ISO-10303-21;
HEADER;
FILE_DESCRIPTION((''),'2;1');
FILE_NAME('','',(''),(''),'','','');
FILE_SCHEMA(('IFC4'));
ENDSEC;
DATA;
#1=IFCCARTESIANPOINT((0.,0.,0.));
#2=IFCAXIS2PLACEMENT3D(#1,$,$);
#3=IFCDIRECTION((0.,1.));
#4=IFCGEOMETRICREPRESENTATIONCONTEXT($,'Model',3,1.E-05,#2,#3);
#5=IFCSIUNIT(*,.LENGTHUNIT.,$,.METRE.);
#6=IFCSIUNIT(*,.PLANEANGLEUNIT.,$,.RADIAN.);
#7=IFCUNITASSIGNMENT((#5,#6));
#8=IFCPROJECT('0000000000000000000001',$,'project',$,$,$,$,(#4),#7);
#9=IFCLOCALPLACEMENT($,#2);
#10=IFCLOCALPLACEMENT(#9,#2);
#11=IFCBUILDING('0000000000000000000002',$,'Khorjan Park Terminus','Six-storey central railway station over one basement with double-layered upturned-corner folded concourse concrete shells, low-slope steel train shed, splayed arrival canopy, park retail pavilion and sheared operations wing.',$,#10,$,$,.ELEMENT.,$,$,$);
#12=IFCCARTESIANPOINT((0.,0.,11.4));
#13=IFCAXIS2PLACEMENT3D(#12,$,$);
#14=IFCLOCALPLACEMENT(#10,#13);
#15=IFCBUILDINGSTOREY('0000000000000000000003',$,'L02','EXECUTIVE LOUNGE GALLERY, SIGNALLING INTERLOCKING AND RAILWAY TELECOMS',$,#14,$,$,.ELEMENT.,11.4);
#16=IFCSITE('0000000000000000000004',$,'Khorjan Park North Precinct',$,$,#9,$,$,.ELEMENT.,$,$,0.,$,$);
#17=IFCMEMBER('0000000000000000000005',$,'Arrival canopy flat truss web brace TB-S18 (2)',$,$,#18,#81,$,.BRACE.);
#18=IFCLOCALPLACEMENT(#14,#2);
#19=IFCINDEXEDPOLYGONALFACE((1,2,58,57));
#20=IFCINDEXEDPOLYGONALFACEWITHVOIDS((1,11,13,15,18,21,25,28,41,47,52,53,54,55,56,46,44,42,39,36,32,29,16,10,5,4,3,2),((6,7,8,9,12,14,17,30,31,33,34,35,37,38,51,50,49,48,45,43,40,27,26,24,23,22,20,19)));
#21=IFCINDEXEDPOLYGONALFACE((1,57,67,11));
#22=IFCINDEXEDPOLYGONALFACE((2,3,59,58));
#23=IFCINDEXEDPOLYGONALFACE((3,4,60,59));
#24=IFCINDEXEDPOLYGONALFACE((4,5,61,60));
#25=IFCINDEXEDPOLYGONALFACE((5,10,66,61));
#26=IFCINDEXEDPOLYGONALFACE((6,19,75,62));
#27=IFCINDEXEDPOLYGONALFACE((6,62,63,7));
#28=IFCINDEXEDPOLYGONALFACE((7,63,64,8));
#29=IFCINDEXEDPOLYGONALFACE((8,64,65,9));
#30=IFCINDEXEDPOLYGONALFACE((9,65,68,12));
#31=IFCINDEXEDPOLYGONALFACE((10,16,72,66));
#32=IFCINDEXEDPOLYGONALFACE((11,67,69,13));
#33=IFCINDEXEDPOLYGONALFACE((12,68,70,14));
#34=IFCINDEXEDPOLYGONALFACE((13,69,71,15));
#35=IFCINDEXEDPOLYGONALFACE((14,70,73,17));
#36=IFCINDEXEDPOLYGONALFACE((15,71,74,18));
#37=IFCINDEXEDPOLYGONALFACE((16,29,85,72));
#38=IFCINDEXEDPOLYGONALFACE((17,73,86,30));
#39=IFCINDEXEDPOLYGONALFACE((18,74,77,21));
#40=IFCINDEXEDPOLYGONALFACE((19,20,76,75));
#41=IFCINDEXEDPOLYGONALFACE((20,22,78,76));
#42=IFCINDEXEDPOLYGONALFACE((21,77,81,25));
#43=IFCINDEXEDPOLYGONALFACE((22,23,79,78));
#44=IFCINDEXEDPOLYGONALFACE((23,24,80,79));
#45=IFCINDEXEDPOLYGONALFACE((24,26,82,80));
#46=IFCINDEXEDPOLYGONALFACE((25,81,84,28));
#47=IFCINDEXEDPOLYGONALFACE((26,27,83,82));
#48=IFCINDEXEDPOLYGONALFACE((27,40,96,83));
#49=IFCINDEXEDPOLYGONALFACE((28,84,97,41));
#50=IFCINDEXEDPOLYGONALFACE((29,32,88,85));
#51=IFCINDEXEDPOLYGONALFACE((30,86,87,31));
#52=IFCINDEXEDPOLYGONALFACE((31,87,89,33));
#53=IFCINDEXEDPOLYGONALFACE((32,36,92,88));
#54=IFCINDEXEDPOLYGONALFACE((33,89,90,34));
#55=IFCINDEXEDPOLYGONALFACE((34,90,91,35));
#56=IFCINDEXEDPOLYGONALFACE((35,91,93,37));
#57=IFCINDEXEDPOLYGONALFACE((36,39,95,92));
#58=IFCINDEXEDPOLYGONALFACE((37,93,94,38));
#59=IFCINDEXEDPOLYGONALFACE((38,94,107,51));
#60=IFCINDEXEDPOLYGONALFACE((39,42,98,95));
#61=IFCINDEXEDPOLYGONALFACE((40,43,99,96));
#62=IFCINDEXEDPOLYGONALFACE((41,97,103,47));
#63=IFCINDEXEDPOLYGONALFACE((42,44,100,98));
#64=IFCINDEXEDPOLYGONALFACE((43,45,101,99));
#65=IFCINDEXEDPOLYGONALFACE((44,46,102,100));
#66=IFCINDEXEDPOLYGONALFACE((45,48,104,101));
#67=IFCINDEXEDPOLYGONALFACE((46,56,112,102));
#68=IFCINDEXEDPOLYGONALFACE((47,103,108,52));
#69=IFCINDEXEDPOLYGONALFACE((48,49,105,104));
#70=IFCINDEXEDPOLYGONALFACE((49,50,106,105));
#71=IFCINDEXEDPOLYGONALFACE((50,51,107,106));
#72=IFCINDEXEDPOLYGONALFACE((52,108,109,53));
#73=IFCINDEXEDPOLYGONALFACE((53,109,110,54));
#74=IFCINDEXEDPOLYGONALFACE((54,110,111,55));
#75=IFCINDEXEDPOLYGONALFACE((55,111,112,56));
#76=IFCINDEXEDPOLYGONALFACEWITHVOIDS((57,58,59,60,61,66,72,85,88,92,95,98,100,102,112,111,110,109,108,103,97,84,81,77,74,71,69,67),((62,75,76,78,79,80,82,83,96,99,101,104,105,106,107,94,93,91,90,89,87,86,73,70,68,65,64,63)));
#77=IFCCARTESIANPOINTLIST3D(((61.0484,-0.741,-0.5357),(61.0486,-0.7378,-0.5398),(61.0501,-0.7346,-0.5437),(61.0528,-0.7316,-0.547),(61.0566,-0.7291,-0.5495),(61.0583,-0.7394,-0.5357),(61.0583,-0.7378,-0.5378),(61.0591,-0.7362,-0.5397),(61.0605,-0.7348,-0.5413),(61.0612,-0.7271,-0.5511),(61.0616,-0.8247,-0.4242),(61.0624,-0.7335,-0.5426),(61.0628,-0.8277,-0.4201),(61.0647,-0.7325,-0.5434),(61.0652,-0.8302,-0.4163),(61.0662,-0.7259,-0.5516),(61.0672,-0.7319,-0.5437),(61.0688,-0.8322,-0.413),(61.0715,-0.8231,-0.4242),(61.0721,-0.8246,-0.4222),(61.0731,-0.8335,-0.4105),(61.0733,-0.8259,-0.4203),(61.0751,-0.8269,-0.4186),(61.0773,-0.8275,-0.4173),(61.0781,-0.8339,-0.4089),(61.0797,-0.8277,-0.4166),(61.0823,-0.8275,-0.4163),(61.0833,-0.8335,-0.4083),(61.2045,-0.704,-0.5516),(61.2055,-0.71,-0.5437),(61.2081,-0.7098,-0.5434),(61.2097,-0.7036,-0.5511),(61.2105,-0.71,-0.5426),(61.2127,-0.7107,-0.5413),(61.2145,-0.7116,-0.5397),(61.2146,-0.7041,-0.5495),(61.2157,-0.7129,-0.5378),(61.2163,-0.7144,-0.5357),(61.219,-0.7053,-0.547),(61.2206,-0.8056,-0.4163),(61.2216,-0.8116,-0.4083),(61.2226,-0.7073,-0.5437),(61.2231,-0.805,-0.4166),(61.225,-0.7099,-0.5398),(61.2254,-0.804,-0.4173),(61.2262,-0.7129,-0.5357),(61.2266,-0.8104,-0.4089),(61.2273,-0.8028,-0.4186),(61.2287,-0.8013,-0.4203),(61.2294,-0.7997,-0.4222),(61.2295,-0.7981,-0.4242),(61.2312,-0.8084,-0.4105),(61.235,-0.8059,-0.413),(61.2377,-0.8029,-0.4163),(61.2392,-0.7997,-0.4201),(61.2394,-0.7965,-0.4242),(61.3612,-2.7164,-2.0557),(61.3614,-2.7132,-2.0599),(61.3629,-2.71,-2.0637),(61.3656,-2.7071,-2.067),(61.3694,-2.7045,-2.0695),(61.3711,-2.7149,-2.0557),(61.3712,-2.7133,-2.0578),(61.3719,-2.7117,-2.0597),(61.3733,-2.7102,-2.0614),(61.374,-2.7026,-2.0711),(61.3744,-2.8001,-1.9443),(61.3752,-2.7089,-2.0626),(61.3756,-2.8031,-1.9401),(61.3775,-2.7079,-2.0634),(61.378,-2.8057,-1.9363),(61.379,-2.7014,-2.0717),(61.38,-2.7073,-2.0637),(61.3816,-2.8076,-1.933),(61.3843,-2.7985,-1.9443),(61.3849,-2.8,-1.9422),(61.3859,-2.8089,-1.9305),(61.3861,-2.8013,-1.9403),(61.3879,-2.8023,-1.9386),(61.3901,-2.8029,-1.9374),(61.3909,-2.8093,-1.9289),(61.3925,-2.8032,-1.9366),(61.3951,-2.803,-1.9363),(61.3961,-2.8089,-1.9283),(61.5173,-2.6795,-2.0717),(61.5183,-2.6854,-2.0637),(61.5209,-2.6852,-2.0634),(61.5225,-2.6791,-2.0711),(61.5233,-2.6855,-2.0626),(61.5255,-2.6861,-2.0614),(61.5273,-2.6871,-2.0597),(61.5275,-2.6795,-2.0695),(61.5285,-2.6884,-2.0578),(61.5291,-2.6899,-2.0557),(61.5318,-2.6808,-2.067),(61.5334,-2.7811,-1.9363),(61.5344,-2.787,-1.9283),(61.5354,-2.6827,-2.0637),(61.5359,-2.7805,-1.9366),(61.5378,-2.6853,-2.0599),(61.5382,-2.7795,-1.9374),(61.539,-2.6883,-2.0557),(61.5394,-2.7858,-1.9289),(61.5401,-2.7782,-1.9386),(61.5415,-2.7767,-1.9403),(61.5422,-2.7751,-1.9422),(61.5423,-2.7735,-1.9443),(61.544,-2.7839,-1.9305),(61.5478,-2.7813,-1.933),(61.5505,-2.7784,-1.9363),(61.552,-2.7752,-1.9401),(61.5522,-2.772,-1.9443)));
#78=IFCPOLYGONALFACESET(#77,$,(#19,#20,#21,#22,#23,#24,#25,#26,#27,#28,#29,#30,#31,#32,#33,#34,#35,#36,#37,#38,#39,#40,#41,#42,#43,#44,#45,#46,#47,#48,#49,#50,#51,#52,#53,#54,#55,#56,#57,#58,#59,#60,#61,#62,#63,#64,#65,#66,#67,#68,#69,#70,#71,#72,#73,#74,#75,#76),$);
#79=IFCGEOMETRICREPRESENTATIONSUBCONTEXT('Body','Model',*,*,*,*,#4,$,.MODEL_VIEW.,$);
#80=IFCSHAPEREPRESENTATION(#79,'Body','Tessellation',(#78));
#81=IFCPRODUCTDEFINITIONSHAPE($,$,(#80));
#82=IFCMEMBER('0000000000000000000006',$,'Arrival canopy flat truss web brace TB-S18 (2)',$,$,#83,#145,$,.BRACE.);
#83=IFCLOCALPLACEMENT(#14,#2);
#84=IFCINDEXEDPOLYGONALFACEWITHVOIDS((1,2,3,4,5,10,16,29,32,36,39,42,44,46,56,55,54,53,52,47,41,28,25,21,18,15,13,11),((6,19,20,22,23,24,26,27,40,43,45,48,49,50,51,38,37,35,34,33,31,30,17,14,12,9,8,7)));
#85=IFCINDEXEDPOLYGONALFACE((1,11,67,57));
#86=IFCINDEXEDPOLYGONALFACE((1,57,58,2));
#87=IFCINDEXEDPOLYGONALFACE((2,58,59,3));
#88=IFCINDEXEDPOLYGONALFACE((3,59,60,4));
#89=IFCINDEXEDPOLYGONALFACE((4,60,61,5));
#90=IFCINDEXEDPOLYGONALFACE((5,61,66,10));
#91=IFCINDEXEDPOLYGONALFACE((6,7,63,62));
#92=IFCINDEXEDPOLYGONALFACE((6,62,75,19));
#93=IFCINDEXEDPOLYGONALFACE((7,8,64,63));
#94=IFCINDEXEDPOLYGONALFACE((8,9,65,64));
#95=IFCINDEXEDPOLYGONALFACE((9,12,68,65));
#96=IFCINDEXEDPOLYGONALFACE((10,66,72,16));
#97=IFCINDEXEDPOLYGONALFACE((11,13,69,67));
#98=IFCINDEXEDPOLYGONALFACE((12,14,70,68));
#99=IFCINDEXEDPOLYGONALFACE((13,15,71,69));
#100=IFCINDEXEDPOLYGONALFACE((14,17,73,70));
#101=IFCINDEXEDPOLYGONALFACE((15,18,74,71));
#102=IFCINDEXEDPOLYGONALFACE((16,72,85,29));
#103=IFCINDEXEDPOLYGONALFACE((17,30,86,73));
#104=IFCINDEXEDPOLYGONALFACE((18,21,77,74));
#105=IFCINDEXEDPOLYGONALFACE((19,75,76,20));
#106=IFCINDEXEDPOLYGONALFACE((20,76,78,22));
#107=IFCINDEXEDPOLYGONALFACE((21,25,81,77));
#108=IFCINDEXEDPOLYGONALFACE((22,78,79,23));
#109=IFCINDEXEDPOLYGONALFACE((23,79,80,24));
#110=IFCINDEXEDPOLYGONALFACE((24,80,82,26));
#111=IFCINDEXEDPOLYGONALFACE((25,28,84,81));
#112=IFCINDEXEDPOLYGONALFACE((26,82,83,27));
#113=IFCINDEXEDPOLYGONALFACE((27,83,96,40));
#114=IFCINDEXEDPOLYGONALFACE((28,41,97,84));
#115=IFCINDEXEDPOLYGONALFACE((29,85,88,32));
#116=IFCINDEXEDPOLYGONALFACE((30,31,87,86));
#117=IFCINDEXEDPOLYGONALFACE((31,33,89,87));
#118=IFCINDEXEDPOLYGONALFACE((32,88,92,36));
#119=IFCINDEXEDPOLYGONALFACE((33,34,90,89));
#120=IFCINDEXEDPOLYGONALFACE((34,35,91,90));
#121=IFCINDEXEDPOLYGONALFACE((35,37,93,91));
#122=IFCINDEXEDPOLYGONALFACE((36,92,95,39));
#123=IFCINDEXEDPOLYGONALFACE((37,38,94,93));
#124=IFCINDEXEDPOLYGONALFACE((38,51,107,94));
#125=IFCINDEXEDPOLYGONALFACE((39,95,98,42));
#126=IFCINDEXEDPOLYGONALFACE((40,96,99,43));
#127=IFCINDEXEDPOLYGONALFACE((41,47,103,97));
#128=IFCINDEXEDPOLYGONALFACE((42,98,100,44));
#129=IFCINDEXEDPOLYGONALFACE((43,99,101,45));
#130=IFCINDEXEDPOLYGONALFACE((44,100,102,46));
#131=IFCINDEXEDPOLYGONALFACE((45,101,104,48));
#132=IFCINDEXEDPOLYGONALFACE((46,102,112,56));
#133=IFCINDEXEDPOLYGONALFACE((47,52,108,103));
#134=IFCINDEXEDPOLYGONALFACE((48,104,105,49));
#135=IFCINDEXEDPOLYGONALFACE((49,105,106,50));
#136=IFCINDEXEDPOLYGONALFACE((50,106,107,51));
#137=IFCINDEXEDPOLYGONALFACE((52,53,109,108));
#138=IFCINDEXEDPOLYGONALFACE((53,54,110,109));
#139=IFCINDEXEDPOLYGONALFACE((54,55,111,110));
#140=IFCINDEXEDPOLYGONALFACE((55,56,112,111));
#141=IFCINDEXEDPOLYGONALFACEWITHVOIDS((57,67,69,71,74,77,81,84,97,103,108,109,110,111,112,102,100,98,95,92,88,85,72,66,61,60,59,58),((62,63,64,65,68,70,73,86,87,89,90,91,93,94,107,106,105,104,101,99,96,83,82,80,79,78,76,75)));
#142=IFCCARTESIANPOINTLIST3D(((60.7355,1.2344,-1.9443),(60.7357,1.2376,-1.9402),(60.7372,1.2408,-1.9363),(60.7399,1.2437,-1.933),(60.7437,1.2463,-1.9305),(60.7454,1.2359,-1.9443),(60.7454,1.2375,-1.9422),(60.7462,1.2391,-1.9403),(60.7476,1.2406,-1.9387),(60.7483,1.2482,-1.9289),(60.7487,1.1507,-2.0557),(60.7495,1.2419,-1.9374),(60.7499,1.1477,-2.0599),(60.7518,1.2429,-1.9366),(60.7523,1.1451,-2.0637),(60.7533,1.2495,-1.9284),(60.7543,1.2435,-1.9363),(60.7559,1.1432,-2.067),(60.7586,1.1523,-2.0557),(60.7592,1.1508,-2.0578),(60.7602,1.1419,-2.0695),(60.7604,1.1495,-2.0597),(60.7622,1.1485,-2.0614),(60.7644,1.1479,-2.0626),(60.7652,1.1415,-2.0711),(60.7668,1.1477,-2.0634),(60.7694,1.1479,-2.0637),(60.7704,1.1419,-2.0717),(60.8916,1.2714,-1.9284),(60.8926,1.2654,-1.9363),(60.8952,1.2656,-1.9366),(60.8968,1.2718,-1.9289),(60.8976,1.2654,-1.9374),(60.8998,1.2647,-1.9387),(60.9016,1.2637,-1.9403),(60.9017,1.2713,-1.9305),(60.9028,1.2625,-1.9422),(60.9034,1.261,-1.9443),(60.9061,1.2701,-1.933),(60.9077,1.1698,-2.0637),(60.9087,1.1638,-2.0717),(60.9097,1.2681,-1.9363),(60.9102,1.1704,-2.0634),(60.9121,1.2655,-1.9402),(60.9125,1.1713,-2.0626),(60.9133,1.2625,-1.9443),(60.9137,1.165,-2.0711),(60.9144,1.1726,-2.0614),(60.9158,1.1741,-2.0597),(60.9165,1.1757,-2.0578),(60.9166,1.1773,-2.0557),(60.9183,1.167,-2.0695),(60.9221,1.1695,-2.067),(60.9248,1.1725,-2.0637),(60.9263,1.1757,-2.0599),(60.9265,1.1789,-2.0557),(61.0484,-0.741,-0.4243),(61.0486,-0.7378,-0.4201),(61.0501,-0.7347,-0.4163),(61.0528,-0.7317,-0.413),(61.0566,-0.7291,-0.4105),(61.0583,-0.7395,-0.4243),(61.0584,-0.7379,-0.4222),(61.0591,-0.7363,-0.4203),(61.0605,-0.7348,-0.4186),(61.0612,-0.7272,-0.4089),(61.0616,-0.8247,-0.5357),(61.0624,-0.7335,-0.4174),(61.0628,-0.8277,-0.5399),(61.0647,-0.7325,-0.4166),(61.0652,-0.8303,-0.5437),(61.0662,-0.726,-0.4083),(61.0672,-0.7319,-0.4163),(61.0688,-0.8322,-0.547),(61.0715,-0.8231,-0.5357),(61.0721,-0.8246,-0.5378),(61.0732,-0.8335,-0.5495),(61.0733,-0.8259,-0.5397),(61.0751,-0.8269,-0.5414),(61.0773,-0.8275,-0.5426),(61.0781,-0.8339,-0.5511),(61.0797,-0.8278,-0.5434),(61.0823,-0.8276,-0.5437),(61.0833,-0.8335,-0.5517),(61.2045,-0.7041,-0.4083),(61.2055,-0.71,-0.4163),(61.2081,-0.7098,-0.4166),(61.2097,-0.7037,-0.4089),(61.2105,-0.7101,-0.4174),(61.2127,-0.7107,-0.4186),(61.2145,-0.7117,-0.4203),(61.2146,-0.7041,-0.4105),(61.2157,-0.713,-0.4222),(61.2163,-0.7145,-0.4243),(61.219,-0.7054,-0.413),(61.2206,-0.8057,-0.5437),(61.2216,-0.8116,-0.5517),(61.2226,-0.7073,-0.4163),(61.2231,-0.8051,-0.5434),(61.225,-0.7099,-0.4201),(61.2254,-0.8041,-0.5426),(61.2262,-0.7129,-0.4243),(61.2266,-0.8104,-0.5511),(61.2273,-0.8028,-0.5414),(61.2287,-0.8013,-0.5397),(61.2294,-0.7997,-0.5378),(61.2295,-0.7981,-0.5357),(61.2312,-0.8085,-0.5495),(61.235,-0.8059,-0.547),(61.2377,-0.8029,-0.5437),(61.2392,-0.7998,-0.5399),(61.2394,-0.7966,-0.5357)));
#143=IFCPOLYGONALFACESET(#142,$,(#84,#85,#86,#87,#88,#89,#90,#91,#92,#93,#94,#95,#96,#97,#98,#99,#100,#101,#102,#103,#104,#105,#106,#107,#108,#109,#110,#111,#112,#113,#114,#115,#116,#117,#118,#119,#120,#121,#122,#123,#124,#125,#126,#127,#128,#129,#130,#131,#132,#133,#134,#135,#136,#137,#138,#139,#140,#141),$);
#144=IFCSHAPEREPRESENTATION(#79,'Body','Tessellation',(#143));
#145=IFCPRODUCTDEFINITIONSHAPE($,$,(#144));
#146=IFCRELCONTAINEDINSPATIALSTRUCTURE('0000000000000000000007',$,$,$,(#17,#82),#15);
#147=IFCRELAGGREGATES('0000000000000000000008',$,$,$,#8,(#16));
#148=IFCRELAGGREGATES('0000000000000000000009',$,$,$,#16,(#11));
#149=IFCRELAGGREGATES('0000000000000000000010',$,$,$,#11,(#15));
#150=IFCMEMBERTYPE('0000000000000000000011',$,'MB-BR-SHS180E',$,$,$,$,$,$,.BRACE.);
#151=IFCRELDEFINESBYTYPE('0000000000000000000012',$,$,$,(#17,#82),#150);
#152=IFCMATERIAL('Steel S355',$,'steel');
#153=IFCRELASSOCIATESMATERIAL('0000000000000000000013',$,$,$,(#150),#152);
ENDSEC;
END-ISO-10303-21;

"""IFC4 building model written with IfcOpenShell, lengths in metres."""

from ifc_helpers import new_model, si_unit, direction, frame, origin, origin_2d, place, context, subcontext, project, spatial, hollow_rectangle, extrude, material, material_profile, profile_set, type_object, element, save


model = new_model("IFC4")

# Units and contexts
model_context = context("Model", 3, precision=1e-05, world=origin(), true_north=direction((0.0, 1.0)))
body_context = subcontext(model_context, "Body", "Model", "MODEL_VIEW")
ifc_project = project(units=[si_unit("LENGTHUNIT", "METRE"), si_unit("PLANEANGLEUNIT", "RADIAN")], contexts=[model_context])

# Site, building, storey
site_placement = place(None, origin())
site = spatial("IfcSite", under=ifc_project, at=site_placement, Name="Khorjan Park North Precinct", CompositionType="ELEMENT", RefElevation=0.0)
building_placement = place(site_placement, origin())
building = spatial("IfcBuilding", under=site, at=building_placement, Name="Khorjan Park Terminus", Description="Six-storey central railway station over one basement with double-layered upturned-corner folded concourse concrete shells, low-slope steel train shed, splayed arrival canopy, park retail pavilion and sheared operations wing.", CompositionType="ELEMENT")
storey_placement = place(building_placement, frame((0.0, 0.0, 11.4)))
storey = spatial("IfcBuildingStorey", under=building, at=storey_placement, Name="L02", Description="EXECUTIVE LOUNGE GALLERY, SIGNALLING INTERLOCKING AND RAILWAY TELECOMS", CompositionType="ELEMENT", Elevation=11.4)

# Members
ifc_material = material(Name="Steel S355", Category="steel")
ifc_material_profile_1 = material_profile(ifc_material, hollow_rectangle(XDim=0.18, YDim=0.18, WallThickness=0.01, InnerFilletRadius=0.01, OuterFilletRadius=0.02, at=origin_2d()), Name="SHS 180x180x10")
ifc_profile_set_1 = profile_set([ifc_material_profile_1], Name="Steel S355")
member_type_1 = type_object("IfcMemberType", Name="MB-BR-SHS180E", PredefinedType="BRACE", material=ifc_profile_set_1)
for number, where, z_axis, x_axis, name in (
    (1, (61.4567, -2.7442, -2.0), (-0.124519, 0.786366, 0.605081), (-0.987694, -0.156399, 0.0), "Arrival canopy flat truss web brace TB-S18 (2)"),
    (2, (61.1439, -0.7688, -0.48), (-0.124558, 0.786362, -0.605078), (-0.987686, -0.156448, 0.0), "Arrival canopy flat truss web brace TB-S18 (2)"),
):
    element("IfcMember", number, at=place(storey_placement, frame(where, z_axis=z_axis, x_axis=x_axis)), inside=storey, type_object=member_type_1, Name=name, PredefinedType="BRACE", context=body_context, shape_type="SweptSolid", body=[
        extrude(hollow_rectangle(XDim=0.18, YDim=0.18, WallThickness=0.01, InnerFilletRadius=0.01, OuterFilletRadius=0.02, at=origin_2d()), origin(), (0.0, 0.0, 1.0), 2.5121),
    ])

save(model, "model.ifc")
